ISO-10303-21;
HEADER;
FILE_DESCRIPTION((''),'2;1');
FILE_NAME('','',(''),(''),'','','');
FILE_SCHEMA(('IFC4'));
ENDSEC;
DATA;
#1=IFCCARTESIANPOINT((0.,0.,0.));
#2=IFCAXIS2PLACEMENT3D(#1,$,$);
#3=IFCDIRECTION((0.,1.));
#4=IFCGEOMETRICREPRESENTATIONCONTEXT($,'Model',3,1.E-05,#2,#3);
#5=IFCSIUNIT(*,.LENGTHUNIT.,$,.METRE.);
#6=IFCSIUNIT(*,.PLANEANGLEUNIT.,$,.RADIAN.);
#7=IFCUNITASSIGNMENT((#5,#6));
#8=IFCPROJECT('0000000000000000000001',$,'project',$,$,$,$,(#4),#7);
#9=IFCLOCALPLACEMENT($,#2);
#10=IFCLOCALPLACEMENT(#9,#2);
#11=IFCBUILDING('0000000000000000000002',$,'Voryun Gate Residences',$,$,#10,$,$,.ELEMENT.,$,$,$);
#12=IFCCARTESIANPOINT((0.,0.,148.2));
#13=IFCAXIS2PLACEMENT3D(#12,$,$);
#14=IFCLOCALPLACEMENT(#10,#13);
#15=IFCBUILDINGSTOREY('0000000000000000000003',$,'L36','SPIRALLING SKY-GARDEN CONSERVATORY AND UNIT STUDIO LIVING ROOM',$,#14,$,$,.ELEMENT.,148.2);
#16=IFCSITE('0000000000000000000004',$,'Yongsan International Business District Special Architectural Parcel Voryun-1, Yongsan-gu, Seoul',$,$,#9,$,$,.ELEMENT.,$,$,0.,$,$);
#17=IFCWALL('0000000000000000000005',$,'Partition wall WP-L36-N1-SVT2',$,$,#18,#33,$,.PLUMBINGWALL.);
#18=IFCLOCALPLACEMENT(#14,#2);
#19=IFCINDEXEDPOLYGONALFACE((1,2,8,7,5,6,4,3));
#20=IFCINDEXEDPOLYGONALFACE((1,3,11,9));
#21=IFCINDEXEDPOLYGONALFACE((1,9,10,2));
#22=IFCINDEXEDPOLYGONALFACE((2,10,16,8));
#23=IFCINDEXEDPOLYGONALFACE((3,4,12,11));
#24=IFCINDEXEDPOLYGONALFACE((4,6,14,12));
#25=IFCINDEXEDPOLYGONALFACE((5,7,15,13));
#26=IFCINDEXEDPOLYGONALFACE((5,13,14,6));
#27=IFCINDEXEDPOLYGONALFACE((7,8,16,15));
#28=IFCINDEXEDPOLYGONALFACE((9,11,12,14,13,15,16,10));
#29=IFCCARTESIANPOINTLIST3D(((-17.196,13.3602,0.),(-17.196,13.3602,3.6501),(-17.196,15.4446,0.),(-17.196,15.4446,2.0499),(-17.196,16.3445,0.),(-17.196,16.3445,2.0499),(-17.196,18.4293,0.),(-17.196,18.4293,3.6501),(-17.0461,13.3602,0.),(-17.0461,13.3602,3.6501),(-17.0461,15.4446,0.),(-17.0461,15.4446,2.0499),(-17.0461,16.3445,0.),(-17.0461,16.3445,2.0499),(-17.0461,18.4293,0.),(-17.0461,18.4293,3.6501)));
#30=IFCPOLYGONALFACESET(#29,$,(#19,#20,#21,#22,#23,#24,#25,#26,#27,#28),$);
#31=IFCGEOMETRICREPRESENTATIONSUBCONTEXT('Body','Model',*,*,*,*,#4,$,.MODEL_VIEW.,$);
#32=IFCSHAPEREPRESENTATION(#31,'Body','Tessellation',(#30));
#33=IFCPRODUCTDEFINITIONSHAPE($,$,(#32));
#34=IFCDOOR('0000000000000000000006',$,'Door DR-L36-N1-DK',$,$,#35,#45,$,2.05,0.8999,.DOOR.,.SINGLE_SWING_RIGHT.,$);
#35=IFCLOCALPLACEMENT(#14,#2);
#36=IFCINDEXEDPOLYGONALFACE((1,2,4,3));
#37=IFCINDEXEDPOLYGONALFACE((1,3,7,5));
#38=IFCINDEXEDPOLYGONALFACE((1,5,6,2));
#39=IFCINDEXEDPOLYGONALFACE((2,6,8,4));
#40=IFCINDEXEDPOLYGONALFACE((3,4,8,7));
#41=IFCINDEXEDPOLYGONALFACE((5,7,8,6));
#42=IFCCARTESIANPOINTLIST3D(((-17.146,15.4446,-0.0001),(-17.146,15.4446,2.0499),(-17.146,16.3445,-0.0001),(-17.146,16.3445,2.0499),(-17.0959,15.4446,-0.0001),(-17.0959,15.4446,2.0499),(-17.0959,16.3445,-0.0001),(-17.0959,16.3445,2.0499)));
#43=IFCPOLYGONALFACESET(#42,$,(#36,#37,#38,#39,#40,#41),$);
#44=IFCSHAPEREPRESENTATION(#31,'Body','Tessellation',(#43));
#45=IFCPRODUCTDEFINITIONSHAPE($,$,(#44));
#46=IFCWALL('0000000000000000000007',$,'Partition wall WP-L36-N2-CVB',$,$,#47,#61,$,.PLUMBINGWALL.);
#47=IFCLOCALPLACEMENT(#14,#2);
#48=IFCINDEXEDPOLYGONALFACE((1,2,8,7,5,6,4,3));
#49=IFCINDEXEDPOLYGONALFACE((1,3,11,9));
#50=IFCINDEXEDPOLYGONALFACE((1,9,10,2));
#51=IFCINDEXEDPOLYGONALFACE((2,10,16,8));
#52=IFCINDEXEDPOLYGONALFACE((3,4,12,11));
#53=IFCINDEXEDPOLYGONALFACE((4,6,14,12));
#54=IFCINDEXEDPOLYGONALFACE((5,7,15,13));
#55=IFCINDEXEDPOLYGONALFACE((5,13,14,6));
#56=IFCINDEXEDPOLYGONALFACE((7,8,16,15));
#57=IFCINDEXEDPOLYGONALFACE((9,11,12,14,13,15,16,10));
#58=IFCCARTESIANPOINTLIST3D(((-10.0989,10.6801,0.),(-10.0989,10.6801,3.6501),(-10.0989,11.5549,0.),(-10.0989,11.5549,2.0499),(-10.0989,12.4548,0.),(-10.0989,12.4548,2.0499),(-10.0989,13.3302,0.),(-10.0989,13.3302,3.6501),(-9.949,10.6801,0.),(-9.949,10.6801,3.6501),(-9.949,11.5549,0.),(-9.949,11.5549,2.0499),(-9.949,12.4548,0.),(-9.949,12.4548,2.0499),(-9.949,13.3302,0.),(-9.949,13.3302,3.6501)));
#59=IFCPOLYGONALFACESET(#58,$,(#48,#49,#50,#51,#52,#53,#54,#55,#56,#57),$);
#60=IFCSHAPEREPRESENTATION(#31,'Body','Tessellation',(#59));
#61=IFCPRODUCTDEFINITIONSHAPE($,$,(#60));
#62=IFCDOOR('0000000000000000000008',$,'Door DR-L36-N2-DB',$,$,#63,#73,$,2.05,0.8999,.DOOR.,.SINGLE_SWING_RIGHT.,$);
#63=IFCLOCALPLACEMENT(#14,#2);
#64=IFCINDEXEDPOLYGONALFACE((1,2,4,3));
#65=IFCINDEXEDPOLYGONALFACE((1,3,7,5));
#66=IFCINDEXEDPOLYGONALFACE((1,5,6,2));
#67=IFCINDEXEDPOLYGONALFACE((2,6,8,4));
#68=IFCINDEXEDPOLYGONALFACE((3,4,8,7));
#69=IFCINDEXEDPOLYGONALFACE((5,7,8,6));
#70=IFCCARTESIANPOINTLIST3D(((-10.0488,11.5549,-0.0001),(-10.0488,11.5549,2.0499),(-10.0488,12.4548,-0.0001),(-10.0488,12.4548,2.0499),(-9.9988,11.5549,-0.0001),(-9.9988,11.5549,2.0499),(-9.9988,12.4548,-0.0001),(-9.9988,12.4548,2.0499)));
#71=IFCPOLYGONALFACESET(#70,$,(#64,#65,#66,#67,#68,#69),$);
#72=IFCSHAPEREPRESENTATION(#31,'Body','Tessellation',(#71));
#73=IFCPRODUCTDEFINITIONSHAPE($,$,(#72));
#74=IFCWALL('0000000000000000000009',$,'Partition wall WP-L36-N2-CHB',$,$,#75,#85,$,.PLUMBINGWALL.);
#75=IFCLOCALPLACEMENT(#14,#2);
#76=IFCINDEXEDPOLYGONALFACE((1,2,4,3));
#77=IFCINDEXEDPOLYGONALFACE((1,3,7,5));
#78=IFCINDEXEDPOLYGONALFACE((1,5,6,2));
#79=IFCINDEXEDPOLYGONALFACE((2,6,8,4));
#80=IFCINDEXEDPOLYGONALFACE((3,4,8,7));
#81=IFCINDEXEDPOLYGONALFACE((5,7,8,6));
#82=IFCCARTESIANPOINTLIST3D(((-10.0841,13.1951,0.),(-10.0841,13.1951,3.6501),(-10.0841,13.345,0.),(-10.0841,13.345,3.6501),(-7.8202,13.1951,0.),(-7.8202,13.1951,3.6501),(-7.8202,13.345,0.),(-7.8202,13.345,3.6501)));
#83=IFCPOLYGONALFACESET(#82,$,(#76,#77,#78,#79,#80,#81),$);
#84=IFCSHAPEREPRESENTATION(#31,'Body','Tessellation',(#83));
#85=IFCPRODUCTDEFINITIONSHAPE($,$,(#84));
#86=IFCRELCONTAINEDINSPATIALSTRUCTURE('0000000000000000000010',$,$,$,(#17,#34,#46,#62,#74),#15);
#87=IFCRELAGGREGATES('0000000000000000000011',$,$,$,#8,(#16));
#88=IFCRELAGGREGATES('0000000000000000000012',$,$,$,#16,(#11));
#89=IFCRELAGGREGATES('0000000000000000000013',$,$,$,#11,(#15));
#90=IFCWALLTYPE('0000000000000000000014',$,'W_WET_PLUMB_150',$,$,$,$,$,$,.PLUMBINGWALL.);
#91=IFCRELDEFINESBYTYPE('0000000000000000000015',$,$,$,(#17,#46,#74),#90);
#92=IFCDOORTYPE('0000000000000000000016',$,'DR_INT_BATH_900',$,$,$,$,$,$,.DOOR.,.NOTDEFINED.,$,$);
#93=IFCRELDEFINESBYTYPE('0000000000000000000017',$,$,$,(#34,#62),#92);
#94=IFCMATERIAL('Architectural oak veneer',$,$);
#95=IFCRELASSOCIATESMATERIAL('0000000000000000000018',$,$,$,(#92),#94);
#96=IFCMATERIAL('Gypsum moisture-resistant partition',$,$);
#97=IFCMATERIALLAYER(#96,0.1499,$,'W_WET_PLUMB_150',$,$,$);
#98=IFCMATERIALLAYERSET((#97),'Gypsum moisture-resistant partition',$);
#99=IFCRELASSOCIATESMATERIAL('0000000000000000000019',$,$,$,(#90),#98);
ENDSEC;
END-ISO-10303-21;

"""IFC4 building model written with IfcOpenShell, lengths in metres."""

from ifc_helpers import new_model, si_unit, direction, frame, frame_2d, origin, place, context, subcontext, project, spatial, rectangle, extrude, material, layer, layer_set, type_object, element, fill, save


model = new_model("IFC4")

# Units and contexts
model_context = context("Model", 3, precision=1e-05, world=origin(), true_north=direction((0.0, 1.0)))
body_context = subcontext(model_context, "Body", "Model", "MODEL_VIEW")
ifc_project = project(units=[si_unit("LENGTHUNIT", "METRE"), si_unit("PLANEANGLEUNIT", "RADIAN")], contexts=[model_context])

# Site, building, storey
site_placement = place(None, origin())
site = spatial("IfcSite", under=ifc_project, at=site_placement, Name="Yongsan International Business District Special Architectural Parcel Voryun-1, Yongsan-gu, Seoul", CompositionType="ELEMENT", RefElevation=0.0)
building_placement = place(site_placement, origin())
building = spatial("IfcBuilding", under=site, at=building_placement, Name="Voryun Gate Residences", CompositionType="ELEMENT")
storey_placement = place(building_placement, frame((0.0, 0.0, 148.2)))
storey = spatial("IfcBuildingStorey", under=building, at=storey_placement, Name="L36", Description="SPIRALLING SKY-GARDEN CONSERVATORY AND UNIT STUDIO LIVING ROOM", CompositionType="ELEMENT", Elevation=148.2)

# Shared definitions
ifc_material_1 = material(Name="Architectural oak veneer")
door_type_1 = type_object("IfcDoorType", Name="DR_INT_BATH_900", OperationType="NOTDEFINED", PredefinedType="DOOR", material=ifc_material_1)

# Walls, openings, doors
ifc_material_2 = material(Name="Gypsum moisture-resistant partition")
ifc_layer_1 = layer(ifc_material_2, 0.1499, Name="W_WET_PLUMB_150")
ifc_layer_set_1 = layer_set([ifc_layer_1], Name="Gypsum moisture-resistant partition")
wall_type_1 = type_object("IfcWallType", Name="W_WET_PLUMB_150", PredefinedType="PLUMBINGWALL", material=ifc_layer_set_1)
wall_1_placement = place(storey_placement, frame((-17.1211, 13.3601, 0.0), z_axis=(0.0, 0.0, 1.0), x_axis=(0.0, 1.0, 0.0)))
wall_1 = element("IfcWall", 1, at=wall_1_placement, inside=storey, type_object=wall_type_1, Name="Partition wall WP-L36-N1-SVT2", PredefinedType="PLUMBINGWALL", context=body_context, shape_type="SweptSolid", body=[
    extrude(rectangle(XDim=5.0691, YDim=0.1499, at=frame_2d((2.5347, 0.0))), origin(), (0.0, 0.0, 1.0), 3.6501),
])
opening_1_placement = place(wall_1_placement, frame((2.0845, 0.0, 0.0)))
opening_1 = element("IfcOpeningElement", 2, at=opening_1_placement, cuts=wall_1, PredefinedType="OPENING", context=body_context, shape_type="SweptSolid", body=[
    extrude(rectangle(XDim=0.8999, YDim=2.05, at=frame_2d((0.45, 1.0249))), frame((0.0, 0.085, 0.0), z_axis=(0.0, -1.0, 0.0), x_axis=(1.0, 0.0, 0.0)), (0.0, 0.0, 1.0), 0.1699),
])
door_1_placement = place(opening_1_placement, origin())
door_1 = element("IfcDoor", 3, at=door_1_placement, inside=storey, type_object=door_type_1, Name="Door DR-L36-N1-DK", OperationType="SINGLE_SWING_RIGHT", OverallHeight=2.05, OverallWidth=0.8999, PredefinedType="DOOR", context=body_context, shape_type="SweptSolid", body=[
    extrude(rectangle(XDim=0.8999, YDim=2.05, at=frame_2d((0.45, 1.0249))), frame((0.0, 0.0249, 0.0), z_axis=(0.0, -1.0, 0.0), x_axis=(1.0, 0.0, 0.0)), (0.0, 0.0, 1.0), 0.05),
])
fill(opening_1, door_1)
wall_2_placement = place(storey_placement, frame((-10.0239, 10.6799, 0.0), z_axis=(0.0, 0.0, 1.0), x_axis=(0.0, 1.0, 0.0)))
wall_2 = element("IfcWall", 4, at=wall_2_placement, inside=storey, type_object=wall_type_1, Name="Partition wall WP-L36-N2-CVB", PredefinedType="PLUMBINGWALL", context=body_context, shape_type="SweptSolid", body=[
    extrude(rectangle(XDim=2.6501, YDim=0.1499, at=frame_2d((1.3252, 0.0))), origin(), (0.0, 0.0, 1.0), 3.6501),
])
opening_2_placement = place(wall_2_placement, frame((0.875, 0.0, 0.0)))
opening_2 = element("IfcOpeningElement", 5, at=opening_2_placement, cuts=wall_2, PredefinedType="OPENING", context=body_context, shape_type="SweptSolid", body=[
    extrude(rectangle(XDim=0.8999, YDim=2.05, at=frame_2d((0.45, 1.0249))), frame((0.0, 0.085, 0.0), z_axis=(0.0, -1.0, 0.0), x_axis=(1.0, 0.0, 0.0)), (0.0, 0.0, 1.0), 0.1699),
])
door_2_placement = place(opening_2_placement, origin())
door_2 = element("IfcDoor", 6, at=door_2_placement, inside=storey, type_object=door_type_1, Name="Door DR-L36-N2-DB", OperationType="SINGLE_SWING_RIGHT", OverallHeight=2.05, OverallWidth=0.8999, PredefinedType="DOOR", context=body_context, shape_type="SweptSolid", body=[
    extrude(rectangle(XDim=0.8999, YDim=2.05, at=frame_2d((0.45, 1.0249))), frame((0.0, 0.0249, 0.0), z_axis=(0.0, -1.0, 0.0), x_axis=(1.0, 0.0, 0.0)), (0.0, 0.0, 1.0), 0.05),
])
fill(opening_2, door_2)

# Wall
wall_3_placement = place(storey_placement, frame((-10.084, 13.27, 0.0), z_axis=(0.0, 0.0, 1.0), x_axis=(1.0, 0.0, 0.0)))
element("IfcWall", 7, at=wall_3_placement, inside=storey, type_object=wall_type_1, Name="Partition wall WP-L36-N2-CHB", PredefinedType="PLUMBINGWALL", context=body_context, shape_type="SweptSolid", body=[
    extrude(rectangle(XDim=2.2639, YDim=0.1499, at=frame_2d((1.1318, 0.0))), origin(), (0.0, 0.0, 1.0), 3.6501),
])

save(model, "model.ifc")
